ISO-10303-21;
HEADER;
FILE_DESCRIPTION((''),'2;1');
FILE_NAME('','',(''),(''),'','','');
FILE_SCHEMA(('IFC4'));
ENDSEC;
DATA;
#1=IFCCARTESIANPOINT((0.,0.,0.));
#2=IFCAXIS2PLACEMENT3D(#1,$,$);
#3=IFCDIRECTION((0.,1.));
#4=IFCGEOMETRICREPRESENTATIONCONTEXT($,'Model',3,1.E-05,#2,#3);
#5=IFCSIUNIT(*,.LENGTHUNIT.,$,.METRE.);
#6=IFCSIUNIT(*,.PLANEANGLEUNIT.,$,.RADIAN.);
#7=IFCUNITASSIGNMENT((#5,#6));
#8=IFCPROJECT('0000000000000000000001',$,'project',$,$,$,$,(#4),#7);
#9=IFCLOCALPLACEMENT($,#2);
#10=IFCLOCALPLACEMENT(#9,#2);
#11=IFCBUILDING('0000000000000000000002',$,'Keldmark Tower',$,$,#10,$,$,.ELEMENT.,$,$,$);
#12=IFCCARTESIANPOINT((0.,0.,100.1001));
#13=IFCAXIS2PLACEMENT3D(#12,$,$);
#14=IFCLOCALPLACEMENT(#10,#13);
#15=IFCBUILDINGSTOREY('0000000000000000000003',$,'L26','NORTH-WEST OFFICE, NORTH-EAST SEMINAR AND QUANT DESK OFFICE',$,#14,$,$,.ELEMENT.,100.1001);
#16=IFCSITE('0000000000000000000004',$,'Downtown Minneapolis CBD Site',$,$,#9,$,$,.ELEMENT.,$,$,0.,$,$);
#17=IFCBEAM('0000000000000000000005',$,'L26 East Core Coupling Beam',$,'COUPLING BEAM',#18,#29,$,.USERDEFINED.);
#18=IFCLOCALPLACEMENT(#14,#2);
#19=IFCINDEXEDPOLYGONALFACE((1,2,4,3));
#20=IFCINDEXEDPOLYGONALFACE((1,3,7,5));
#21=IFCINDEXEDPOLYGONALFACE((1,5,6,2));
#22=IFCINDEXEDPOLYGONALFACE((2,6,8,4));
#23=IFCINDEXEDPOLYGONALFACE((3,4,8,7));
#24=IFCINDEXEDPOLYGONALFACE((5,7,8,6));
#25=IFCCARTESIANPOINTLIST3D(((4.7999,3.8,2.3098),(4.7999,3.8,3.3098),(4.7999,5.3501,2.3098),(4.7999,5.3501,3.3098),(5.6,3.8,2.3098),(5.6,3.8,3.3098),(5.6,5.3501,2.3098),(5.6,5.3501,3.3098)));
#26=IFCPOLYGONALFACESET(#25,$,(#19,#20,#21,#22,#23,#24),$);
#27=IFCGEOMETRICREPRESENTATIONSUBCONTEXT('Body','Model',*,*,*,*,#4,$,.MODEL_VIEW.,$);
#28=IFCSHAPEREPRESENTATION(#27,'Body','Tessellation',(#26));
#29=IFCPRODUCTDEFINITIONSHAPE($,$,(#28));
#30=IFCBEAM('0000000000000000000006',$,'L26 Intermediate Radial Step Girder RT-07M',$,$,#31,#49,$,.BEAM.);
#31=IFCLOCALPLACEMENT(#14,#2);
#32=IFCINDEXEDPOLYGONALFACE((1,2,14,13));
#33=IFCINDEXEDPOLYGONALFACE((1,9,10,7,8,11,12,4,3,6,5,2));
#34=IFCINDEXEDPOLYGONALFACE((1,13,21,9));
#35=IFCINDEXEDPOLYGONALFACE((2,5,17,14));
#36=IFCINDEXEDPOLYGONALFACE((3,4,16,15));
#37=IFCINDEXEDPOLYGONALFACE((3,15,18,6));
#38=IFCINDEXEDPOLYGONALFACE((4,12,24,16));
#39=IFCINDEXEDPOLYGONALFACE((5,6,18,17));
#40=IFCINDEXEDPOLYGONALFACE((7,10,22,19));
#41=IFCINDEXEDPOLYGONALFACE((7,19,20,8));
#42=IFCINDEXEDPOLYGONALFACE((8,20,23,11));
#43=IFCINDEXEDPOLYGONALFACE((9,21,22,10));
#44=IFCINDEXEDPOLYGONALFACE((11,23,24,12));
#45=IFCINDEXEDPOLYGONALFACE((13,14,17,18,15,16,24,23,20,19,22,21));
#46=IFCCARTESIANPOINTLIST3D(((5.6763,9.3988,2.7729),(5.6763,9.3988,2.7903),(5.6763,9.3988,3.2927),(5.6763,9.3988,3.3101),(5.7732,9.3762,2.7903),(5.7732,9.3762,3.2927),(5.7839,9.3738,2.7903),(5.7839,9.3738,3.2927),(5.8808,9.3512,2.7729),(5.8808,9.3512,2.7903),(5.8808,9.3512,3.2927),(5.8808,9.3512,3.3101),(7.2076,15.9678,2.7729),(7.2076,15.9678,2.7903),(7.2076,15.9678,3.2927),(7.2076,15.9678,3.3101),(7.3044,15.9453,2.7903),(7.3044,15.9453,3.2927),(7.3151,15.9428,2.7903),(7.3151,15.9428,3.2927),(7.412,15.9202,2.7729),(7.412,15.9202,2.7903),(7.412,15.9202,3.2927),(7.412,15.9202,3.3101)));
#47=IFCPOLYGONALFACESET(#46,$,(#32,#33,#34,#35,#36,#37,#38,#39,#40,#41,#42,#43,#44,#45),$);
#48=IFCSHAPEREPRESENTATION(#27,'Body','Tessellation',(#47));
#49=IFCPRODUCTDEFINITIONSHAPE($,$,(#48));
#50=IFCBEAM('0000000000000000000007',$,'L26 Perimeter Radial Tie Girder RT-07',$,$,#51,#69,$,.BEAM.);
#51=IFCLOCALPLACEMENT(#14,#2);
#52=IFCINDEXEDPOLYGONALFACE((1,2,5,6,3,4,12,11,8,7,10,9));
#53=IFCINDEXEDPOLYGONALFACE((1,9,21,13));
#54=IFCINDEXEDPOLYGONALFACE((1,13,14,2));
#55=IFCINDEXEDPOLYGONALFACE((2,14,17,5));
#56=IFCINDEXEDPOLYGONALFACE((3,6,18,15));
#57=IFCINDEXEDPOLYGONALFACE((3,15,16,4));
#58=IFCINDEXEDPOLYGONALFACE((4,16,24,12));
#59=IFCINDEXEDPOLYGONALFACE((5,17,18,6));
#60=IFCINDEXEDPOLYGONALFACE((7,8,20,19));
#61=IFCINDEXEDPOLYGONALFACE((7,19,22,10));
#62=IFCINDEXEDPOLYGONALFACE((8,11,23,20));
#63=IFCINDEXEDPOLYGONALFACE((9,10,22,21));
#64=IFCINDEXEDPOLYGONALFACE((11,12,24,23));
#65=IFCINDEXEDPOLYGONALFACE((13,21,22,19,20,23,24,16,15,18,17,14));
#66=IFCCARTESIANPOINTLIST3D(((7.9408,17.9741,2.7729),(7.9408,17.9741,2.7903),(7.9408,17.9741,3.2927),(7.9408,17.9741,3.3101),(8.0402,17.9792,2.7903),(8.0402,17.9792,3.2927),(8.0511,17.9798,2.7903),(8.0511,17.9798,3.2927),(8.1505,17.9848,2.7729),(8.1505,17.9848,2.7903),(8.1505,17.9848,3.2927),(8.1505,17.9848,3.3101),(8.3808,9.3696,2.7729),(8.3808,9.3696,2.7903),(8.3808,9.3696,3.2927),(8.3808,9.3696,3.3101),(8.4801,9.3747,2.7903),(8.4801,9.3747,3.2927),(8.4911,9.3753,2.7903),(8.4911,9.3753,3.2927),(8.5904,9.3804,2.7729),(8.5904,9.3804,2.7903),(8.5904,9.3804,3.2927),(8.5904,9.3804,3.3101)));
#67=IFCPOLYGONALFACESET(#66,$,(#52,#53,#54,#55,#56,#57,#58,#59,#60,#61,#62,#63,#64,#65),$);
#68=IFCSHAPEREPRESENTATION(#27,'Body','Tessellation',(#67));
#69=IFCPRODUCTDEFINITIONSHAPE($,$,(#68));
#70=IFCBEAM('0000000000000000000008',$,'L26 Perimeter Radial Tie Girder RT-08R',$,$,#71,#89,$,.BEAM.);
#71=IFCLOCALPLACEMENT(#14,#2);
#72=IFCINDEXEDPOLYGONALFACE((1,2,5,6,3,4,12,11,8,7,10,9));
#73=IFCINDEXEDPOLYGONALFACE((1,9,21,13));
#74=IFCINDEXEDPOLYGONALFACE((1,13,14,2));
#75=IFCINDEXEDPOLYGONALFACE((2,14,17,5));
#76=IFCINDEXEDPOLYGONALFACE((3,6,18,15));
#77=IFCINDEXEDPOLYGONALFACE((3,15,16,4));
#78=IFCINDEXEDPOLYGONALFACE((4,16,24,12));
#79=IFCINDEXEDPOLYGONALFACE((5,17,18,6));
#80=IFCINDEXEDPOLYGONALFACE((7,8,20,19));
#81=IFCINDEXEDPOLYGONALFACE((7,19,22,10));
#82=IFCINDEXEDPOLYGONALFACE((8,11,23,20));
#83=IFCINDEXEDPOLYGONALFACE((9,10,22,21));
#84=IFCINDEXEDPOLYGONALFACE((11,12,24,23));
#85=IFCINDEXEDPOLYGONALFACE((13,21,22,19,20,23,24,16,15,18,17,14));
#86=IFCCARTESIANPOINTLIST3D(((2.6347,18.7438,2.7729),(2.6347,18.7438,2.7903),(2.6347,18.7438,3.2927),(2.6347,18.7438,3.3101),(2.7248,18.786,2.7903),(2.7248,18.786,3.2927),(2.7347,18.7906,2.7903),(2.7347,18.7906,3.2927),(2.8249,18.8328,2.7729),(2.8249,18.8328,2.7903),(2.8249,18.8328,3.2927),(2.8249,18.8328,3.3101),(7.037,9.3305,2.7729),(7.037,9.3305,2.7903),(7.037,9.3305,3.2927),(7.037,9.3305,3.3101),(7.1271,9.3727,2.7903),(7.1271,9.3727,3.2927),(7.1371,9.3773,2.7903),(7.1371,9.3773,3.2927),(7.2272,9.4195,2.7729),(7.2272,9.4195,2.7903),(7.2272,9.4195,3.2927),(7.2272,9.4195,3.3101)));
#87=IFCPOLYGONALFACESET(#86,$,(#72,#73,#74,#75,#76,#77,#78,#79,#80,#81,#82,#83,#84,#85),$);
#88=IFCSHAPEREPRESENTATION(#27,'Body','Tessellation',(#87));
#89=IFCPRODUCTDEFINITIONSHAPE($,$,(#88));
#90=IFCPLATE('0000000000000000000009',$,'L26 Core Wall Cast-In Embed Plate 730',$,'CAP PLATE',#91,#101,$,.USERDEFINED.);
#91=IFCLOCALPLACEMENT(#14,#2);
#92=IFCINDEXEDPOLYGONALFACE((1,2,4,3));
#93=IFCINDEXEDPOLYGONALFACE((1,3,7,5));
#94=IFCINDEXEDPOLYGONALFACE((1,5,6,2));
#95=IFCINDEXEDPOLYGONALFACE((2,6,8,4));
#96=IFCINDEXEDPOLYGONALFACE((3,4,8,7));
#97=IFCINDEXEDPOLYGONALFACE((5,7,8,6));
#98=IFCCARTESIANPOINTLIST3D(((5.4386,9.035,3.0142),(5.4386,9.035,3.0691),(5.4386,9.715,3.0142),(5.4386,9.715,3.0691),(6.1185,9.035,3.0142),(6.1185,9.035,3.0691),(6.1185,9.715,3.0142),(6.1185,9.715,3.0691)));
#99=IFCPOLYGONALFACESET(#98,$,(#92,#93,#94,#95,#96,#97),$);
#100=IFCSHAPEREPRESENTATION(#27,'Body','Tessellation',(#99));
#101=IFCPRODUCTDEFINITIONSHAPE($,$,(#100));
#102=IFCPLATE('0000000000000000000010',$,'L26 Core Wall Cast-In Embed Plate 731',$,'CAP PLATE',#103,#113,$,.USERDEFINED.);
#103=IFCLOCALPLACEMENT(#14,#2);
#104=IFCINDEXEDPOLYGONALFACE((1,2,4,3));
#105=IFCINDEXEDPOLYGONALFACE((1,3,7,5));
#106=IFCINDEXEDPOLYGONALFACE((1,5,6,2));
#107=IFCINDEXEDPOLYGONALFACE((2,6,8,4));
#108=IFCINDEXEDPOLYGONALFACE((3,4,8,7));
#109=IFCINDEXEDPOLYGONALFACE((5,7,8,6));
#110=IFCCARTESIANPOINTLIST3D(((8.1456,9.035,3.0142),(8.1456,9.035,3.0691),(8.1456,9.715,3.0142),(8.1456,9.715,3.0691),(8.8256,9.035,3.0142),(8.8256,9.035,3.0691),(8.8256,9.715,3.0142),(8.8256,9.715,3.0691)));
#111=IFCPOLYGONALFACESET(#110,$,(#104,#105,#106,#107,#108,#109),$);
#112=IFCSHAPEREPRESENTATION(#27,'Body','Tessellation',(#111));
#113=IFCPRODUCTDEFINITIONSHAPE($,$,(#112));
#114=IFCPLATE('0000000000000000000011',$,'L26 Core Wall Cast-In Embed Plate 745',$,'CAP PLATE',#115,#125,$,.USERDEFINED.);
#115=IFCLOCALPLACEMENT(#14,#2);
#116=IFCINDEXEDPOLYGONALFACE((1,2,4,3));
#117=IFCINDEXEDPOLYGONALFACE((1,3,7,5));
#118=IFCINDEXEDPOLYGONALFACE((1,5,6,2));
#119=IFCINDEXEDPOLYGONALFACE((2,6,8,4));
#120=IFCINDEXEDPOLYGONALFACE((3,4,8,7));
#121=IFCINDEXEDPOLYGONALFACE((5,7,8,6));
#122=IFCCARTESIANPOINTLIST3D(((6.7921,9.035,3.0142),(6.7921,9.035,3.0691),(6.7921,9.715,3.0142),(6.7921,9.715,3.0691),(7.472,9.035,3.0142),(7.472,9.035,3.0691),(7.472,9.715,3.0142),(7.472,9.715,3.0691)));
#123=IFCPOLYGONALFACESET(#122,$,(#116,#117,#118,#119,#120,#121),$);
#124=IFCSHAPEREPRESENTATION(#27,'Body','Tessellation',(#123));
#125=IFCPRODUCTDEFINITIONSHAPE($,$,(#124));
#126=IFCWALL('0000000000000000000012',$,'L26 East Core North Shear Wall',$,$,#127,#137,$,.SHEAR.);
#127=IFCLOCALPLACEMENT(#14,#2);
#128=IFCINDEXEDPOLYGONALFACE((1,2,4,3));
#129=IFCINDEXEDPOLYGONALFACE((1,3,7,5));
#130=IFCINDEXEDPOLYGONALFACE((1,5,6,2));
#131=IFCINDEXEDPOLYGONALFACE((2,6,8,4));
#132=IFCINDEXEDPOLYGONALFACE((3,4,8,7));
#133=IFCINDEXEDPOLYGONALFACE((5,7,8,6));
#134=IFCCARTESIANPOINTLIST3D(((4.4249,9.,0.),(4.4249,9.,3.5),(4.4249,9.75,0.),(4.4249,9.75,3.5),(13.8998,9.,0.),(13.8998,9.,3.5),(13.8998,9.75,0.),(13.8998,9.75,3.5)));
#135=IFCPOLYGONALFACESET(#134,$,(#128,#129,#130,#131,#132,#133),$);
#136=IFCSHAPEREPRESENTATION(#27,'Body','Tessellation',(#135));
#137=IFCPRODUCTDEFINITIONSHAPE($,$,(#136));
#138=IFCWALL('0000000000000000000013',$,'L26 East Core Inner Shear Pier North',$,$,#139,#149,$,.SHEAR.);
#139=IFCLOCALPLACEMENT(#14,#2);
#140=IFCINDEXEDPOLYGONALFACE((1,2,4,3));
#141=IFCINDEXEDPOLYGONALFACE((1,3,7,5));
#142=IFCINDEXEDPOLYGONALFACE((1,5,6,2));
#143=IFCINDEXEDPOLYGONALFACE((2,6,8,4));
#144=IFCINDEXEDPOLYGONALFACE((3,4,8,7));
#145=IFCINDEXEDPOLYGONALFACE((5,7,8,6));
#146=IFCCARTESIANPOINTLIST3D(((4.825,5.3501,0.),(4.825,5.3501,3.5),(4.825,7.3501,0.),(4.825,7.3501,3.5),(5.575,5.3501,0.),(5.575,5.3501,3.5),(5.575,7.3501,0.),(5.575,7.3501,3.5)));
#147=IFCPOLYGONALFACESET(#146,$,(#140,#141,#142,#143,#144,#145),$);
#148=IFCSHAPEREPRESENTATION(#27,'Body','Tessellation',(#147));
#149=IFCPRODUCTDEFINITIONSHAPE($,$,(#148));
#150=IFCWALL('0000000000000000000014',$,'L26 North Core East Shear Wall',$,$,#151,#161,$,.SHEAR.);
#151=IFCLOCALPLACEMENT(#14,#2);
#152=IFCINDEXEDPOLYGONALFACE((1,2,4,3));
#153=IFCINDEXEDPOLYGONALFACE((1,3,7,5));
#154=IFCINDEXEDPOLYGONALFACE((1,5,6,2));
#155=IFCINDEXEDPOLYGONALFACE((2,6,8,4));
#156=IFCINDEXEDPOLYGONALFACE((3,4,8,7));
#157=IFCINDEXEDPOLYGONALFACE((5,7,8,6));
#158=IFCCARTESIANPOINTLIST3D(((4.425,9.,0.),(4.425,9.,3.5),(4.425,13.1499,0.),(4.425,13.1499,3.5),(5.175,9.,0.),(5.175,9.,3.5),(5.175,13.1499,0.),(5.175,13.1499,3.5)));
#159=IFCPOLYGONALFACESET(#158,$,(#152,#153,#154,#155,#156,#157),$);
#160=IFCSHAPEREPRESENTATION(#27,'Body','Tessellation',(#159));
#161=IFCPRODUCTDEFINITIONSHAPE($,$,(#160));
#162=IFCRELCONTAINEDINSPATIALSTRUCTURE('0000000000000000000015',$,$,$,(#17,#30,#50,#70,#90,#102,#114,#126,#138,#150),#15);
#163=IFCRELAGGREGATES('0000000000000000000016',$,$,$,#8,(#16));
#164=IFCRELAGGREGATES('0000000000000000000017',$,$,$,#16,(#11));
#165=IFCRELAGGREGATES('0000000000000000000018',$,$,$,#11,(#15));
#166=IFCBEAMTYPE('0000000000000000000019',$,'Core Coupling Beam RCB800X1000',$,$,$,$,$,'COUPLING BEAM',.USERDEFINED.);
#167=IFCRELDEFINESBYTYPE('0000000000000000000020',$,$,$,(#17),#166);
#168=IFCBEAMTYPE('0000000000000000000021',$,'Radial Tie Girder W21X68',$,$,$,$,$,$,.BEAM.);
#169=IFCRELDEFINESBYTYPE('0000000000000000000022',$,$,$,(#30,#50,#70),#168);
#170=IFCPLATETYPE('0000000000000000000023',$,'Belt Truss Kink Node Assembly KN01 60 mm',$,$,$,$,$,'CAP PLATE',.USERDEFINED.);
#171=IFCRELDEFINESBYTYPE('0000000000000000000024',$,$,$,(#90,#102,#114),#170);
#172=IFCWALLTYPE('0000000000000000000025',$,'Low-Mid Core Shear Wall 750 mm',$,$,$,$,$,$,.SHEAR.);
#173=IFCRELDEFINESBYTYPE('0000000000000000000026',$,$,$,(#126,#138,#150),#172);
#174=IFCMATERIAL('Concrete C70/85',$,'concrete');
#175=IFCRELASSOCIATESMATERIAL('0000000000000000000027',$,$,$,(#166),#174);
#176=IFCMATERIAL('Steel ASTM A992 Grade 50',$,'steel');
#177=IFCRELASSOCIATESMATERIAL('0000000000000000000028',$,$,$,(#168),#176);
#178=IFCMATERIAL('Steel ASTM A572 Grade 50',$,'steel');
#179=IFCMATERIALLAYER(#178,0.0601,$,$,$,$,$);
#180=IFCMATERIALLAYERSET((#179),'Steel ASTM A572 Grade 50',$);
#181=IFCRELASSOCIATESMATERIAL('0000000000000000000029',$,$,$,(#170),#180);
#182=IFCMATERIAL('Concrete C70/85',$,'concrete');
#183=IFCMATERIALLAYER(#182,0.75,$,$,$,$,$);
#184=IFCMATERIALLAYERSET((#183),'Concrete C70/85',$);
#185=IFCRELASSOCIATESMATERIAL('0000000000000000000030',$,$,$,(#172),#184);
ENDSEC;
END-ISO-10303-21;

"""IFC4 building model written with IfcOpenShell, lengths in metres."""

from ifc_helpers import new_model, si_unit, direction, frame, frame_2d, origin, origin_2d, place, context, subcontext, project, spatial, rectangle, i_section, extrude, material, layer, layer_set, material_profile, profile_set, type_object, element, save


model = new_model("IFC4")

# Units and contexts
model_context = context("Model", 3, precision=1e-05, world=origin(), true_north=direction((0.0, 1.0)))
body_context = subcontext(model_context, "Body", "Model", "MODEL_VIEW")
ifc_project = project(units=[si_unit("LENGTHUNIT", "METRE"), si_unit("PLANEANGLEUNIT", "RADIAN")], contexts=[model_context])

# Site, building, storey
site_placement = place(None, origin())
site = spatial("IfcSite", under=ifc_project, at=site_placement, Name="Downtown Minneapolis CBD Site", CompositionType="ELEMENT", RefElevation=0.0)
building_placement = place(site_placement, origin())
building = spatial("IfcBuilding", under=site, at=building_placement, Name="Keldmark Tower", CompositionType="ELEMENT")
storey_placement = place(building_placement, frame((0.0, 0.0, 100.1001)))
storey = spatial("IfcBuildingStorey", under=building, at=storey_placement, Name="L26", Description="NORTH-WEST OFFICE, NORTH-EAST SEMINAR AND QUANT DESK OFFICE", CompositionType="ELEMENT", Elevation=100.1001)

# Beams
ifc_material_1 = material(Name="Concrete C70/85", Category="concrete")
ifc_material_profile_1 = material_profile(ifc_material_1, rectangle(XDim=0.8, YDim=1.0, at=origin_2d()), Name="RCB800X1000")
ifc_profile_set_1 = profile_set([ifc_material_profile_1], Name="Concrete C70/85")
beam_type_1 = type_object("IfcBeamType", Name="Core Coupling Beam RCB800X1000", ElementType="COUPLING BEAM", PredefinedType="USERDEFINED", material=ifc_profile_set_1)
beam_1_placement = place(storey_placement, frame((5.2, 3.8, 2.8098), z_axis=(0.0, 1.0, 0.0), x_axis=(-1.0, 0.0, 0.0)))
element("IfcBeam", 1, at=beam_1_placement, inside=storey, type_object=beam_type_1, Name="L26 East Core Coupling Beam", ObjectType="COUPLING BEAM", PredefinedType="USERDEFINED", context=body_context, shape_type="SweptSolid", body=[
    extrude(rectangle(XDim=0.8, YDim=1.0, at=origin_2d()), origin(), (0.0, 0.0, 1.0), 1.55),
])
ifc_material_2 = material(Name="Steel ASTM A992 Grade 50", Category="steel")
ifc_material_profile_2 = material_profile(ifc_material_2, i_section(OverallWidth=0.21, OverallDepth=0.5371, WebThickness=0.011, FlangeThickness=0.0173, at=origin_2d()), Name="W21X68")
ifc_profile_set_2 = profile_set([ifc_material_profile_2], Name="Steel ASTM A992 Grade 50")
beam_type_2 = type_object("IfcBeamType", Name="Radial Tie Girder W21X68", PredefinedType="BEAM", material=ifc_profile_set_2)
beam_2_placement = place(storey_placement, frame((5.7786, 9.375, 3.0415), z_axis=(0.227013, 0.973892, 0.0), x_axis=(-0.973892, 0.227013, 0.0)))
element("IfcBeam", 2, at=beam_2_placement, inside=storey, type_object=beam_type_2, Name="L26 Intermediate Radial Step Girder RT-07M", PredefinedType="BEAM", context=body_context, shape_type="SweptSolid", body=[
    extrude(i_section(OverallWidth=0.21, OverallDepth=0.5371, WebThickness=0.011, FlangeThickness=0.0173, at=origin_2d()), origin(), (0.0, 0.0, 1.0), 6.7451),
])
beam_3_placement = place(storey_placement, frame((8.4856, 9.375, 3.0415), z_axis=(-0.051063, 0.998695, 0.0), x_axis=(-0.998695, -0.051063, 0.0)))
element("IfcBeam", 3, at=beam_3_placement, inside=storey, type_object=beam_type_2, Name="L26 Perimeter Radial Tie Girder RT-07", PredefinedType="BEAM", context=body_context, shape_type="SweptSolid", body=[
    extrude(i_section(OverallWidth=0.21, OverallDepth=0.5371, WebThickness=0.011, FlangeThickness=0.0173, at=origin_2d()), origin(), (0.0, 0.0, 1.0), 8.6157),
])
beam_4_placement = place(storey_placement, frame((7.1321, 9.375, 3.0415), z_axis=(-0.423633, 0.905834, 0.0), x_axis=(-0.905834, -0.423633, 0.0)))
element("IfcBeam", 4, at=beam_4_placement, inside=storey, type_object=beam_type_2, Name="L26 Perimeter Radial Tie Girder RT-08R", PredefinedType="BEAM", context=body_context, shape_type="SweptSolid", body=[
    extrude(i_section(OverallWidth=0.21, OverallDepth=0.5371, WebThickness=0.011, FlangeThickness=0.0173, at=origin_2d()), origin(), (0.0, 0.0, 1.0), 10.3918),
])

# Plates
ifc_material_3 = material(Name="Steel ASTM A572 Grade 50", Category="steel")
ifc_layer_1 = layer(ifc_material_3, 0.0601)
ifc_layer_set_1 = layer_set([ifc_layer_1], Name="Steel ASTM A572 Grade 50")
plate_type = type_object("IfcPlateType", Name="Belt Truss Kink Node Assembly KN01 60 mm", ElementType="CAP PLATE", PredefinedType="USERDEFINED", material=ifc_layer_set_1)
for number, where, z_axis, x_axis, name in (
    (5, (5.7786, 9.375, 3.0142), (0.0, 0.0, 1.0), (1.0, 0.0, 0.0), "L26 Core Wall Cast-In Embed Plate 730"),
    (6, (8.4856, 9.375, 3.0142), (0.0, 0.0, 1.0), (1.0, 0.0, 0.0), "L26 Core Wall Cast-In Embed Plate 731"),
    (7, (7.1321, 9.375, 3.0142), (0.0, 0.0, 1.0), (1.0, 0.0, 0.0), "L26 Core Wall Cast-In Embed Plate 745"),
):
    element("IfcPlate", number, at=place(storey_placement, frame(where, z_axis=z_axis, x_axis=x_axis)), inside=storey, type_object=plate_type, Name=name, ObjectType="CAP PLATE", PredefinedType="USERDEFINED", context=body_context, shape_type="SweptSolid", body=[
        extrude(rectangle(XDim=0.6799, YDim=0.6799, at=origin_2d()), origin(), (0.0, 0.0, 1.0), 0.0549),
    ])

# Walls
ifc_material_4 = material(Name="Concrete C70/85", Category="concrete")
ifc_layer_2 = layer(ifc_material_4, 0.75)
ifc_layer_set_2 = layer_set([ifc_layer_2], Name="Concrete C70/85")
wall_type_1 = type_object("IfcWallType", Name="Low-Mid Core Shear Wall 750 mm", PredefinedType="SHEAR", material=ifc_layer_set_2)
wall_1_placement = place(storey_placement, frame((4.425, 9.375, 0.0), z_axis=(0.0, 0.0, 1.0), x_axis=(1.0, 0.0, 0.0)))
element("IfcWall", 8, at=wall_1_placement, inside=storey, type_object=wall_type_1, Name="L26 East Core North Shear Wall", PredefinedType="SHEAR", context=body_context, shape_type="SweptSolid", body=[
    extrude(rectangle(XDim=9.4749, YDim=0.75, at=frame_2d((4.7373, 0.0))), origin(), (0.0, 0.0, 1.0), 3.5),
])
wall_2_placement = place(storey_placement, frame((5.2, 5.3501, 0.0), z_axis=(0.0, 0.0, 1.0), x_axis=(0.0, 1.0, 0.0)))
element("IfcWall", 9, at=wall_2_placement, inside=storey, type_object=wall_type_1, Name="L26 East Core Inner Shear Pier North", PredefinedType="SHEAR", context=body_context, shape_type="SweptSolid", body=[
    extrude(rectangle(XDim=2.0, YDim=0.75, at=frame_2d((1.0, 0.0))), origin(), (0.0, 0.0, 1.0), 3.5),
])
wall_3_placement = place(storey_placement, frame((4.8, 9.0, 0.0), z_axis=(0.0, 0.0, 1.0), x_axis=(0.0, 1.0, 0.0)))
element("IfcWall", 10, at=wall_3_placement, inside=storey, type_object=wall_type_1, Name="L26 North Core East Shear Wall", PredefinedType="SHEAR", context=body_context, shape_type="SweptSolid", body=[
    extrude(rectangle(XDim=4.1499, YDim=0.75, at=frame_2d((2.075, 0.0))), origin(), (0.0, 0.0, 1.0), 3.5),
])

save(model, "model.ifc")
